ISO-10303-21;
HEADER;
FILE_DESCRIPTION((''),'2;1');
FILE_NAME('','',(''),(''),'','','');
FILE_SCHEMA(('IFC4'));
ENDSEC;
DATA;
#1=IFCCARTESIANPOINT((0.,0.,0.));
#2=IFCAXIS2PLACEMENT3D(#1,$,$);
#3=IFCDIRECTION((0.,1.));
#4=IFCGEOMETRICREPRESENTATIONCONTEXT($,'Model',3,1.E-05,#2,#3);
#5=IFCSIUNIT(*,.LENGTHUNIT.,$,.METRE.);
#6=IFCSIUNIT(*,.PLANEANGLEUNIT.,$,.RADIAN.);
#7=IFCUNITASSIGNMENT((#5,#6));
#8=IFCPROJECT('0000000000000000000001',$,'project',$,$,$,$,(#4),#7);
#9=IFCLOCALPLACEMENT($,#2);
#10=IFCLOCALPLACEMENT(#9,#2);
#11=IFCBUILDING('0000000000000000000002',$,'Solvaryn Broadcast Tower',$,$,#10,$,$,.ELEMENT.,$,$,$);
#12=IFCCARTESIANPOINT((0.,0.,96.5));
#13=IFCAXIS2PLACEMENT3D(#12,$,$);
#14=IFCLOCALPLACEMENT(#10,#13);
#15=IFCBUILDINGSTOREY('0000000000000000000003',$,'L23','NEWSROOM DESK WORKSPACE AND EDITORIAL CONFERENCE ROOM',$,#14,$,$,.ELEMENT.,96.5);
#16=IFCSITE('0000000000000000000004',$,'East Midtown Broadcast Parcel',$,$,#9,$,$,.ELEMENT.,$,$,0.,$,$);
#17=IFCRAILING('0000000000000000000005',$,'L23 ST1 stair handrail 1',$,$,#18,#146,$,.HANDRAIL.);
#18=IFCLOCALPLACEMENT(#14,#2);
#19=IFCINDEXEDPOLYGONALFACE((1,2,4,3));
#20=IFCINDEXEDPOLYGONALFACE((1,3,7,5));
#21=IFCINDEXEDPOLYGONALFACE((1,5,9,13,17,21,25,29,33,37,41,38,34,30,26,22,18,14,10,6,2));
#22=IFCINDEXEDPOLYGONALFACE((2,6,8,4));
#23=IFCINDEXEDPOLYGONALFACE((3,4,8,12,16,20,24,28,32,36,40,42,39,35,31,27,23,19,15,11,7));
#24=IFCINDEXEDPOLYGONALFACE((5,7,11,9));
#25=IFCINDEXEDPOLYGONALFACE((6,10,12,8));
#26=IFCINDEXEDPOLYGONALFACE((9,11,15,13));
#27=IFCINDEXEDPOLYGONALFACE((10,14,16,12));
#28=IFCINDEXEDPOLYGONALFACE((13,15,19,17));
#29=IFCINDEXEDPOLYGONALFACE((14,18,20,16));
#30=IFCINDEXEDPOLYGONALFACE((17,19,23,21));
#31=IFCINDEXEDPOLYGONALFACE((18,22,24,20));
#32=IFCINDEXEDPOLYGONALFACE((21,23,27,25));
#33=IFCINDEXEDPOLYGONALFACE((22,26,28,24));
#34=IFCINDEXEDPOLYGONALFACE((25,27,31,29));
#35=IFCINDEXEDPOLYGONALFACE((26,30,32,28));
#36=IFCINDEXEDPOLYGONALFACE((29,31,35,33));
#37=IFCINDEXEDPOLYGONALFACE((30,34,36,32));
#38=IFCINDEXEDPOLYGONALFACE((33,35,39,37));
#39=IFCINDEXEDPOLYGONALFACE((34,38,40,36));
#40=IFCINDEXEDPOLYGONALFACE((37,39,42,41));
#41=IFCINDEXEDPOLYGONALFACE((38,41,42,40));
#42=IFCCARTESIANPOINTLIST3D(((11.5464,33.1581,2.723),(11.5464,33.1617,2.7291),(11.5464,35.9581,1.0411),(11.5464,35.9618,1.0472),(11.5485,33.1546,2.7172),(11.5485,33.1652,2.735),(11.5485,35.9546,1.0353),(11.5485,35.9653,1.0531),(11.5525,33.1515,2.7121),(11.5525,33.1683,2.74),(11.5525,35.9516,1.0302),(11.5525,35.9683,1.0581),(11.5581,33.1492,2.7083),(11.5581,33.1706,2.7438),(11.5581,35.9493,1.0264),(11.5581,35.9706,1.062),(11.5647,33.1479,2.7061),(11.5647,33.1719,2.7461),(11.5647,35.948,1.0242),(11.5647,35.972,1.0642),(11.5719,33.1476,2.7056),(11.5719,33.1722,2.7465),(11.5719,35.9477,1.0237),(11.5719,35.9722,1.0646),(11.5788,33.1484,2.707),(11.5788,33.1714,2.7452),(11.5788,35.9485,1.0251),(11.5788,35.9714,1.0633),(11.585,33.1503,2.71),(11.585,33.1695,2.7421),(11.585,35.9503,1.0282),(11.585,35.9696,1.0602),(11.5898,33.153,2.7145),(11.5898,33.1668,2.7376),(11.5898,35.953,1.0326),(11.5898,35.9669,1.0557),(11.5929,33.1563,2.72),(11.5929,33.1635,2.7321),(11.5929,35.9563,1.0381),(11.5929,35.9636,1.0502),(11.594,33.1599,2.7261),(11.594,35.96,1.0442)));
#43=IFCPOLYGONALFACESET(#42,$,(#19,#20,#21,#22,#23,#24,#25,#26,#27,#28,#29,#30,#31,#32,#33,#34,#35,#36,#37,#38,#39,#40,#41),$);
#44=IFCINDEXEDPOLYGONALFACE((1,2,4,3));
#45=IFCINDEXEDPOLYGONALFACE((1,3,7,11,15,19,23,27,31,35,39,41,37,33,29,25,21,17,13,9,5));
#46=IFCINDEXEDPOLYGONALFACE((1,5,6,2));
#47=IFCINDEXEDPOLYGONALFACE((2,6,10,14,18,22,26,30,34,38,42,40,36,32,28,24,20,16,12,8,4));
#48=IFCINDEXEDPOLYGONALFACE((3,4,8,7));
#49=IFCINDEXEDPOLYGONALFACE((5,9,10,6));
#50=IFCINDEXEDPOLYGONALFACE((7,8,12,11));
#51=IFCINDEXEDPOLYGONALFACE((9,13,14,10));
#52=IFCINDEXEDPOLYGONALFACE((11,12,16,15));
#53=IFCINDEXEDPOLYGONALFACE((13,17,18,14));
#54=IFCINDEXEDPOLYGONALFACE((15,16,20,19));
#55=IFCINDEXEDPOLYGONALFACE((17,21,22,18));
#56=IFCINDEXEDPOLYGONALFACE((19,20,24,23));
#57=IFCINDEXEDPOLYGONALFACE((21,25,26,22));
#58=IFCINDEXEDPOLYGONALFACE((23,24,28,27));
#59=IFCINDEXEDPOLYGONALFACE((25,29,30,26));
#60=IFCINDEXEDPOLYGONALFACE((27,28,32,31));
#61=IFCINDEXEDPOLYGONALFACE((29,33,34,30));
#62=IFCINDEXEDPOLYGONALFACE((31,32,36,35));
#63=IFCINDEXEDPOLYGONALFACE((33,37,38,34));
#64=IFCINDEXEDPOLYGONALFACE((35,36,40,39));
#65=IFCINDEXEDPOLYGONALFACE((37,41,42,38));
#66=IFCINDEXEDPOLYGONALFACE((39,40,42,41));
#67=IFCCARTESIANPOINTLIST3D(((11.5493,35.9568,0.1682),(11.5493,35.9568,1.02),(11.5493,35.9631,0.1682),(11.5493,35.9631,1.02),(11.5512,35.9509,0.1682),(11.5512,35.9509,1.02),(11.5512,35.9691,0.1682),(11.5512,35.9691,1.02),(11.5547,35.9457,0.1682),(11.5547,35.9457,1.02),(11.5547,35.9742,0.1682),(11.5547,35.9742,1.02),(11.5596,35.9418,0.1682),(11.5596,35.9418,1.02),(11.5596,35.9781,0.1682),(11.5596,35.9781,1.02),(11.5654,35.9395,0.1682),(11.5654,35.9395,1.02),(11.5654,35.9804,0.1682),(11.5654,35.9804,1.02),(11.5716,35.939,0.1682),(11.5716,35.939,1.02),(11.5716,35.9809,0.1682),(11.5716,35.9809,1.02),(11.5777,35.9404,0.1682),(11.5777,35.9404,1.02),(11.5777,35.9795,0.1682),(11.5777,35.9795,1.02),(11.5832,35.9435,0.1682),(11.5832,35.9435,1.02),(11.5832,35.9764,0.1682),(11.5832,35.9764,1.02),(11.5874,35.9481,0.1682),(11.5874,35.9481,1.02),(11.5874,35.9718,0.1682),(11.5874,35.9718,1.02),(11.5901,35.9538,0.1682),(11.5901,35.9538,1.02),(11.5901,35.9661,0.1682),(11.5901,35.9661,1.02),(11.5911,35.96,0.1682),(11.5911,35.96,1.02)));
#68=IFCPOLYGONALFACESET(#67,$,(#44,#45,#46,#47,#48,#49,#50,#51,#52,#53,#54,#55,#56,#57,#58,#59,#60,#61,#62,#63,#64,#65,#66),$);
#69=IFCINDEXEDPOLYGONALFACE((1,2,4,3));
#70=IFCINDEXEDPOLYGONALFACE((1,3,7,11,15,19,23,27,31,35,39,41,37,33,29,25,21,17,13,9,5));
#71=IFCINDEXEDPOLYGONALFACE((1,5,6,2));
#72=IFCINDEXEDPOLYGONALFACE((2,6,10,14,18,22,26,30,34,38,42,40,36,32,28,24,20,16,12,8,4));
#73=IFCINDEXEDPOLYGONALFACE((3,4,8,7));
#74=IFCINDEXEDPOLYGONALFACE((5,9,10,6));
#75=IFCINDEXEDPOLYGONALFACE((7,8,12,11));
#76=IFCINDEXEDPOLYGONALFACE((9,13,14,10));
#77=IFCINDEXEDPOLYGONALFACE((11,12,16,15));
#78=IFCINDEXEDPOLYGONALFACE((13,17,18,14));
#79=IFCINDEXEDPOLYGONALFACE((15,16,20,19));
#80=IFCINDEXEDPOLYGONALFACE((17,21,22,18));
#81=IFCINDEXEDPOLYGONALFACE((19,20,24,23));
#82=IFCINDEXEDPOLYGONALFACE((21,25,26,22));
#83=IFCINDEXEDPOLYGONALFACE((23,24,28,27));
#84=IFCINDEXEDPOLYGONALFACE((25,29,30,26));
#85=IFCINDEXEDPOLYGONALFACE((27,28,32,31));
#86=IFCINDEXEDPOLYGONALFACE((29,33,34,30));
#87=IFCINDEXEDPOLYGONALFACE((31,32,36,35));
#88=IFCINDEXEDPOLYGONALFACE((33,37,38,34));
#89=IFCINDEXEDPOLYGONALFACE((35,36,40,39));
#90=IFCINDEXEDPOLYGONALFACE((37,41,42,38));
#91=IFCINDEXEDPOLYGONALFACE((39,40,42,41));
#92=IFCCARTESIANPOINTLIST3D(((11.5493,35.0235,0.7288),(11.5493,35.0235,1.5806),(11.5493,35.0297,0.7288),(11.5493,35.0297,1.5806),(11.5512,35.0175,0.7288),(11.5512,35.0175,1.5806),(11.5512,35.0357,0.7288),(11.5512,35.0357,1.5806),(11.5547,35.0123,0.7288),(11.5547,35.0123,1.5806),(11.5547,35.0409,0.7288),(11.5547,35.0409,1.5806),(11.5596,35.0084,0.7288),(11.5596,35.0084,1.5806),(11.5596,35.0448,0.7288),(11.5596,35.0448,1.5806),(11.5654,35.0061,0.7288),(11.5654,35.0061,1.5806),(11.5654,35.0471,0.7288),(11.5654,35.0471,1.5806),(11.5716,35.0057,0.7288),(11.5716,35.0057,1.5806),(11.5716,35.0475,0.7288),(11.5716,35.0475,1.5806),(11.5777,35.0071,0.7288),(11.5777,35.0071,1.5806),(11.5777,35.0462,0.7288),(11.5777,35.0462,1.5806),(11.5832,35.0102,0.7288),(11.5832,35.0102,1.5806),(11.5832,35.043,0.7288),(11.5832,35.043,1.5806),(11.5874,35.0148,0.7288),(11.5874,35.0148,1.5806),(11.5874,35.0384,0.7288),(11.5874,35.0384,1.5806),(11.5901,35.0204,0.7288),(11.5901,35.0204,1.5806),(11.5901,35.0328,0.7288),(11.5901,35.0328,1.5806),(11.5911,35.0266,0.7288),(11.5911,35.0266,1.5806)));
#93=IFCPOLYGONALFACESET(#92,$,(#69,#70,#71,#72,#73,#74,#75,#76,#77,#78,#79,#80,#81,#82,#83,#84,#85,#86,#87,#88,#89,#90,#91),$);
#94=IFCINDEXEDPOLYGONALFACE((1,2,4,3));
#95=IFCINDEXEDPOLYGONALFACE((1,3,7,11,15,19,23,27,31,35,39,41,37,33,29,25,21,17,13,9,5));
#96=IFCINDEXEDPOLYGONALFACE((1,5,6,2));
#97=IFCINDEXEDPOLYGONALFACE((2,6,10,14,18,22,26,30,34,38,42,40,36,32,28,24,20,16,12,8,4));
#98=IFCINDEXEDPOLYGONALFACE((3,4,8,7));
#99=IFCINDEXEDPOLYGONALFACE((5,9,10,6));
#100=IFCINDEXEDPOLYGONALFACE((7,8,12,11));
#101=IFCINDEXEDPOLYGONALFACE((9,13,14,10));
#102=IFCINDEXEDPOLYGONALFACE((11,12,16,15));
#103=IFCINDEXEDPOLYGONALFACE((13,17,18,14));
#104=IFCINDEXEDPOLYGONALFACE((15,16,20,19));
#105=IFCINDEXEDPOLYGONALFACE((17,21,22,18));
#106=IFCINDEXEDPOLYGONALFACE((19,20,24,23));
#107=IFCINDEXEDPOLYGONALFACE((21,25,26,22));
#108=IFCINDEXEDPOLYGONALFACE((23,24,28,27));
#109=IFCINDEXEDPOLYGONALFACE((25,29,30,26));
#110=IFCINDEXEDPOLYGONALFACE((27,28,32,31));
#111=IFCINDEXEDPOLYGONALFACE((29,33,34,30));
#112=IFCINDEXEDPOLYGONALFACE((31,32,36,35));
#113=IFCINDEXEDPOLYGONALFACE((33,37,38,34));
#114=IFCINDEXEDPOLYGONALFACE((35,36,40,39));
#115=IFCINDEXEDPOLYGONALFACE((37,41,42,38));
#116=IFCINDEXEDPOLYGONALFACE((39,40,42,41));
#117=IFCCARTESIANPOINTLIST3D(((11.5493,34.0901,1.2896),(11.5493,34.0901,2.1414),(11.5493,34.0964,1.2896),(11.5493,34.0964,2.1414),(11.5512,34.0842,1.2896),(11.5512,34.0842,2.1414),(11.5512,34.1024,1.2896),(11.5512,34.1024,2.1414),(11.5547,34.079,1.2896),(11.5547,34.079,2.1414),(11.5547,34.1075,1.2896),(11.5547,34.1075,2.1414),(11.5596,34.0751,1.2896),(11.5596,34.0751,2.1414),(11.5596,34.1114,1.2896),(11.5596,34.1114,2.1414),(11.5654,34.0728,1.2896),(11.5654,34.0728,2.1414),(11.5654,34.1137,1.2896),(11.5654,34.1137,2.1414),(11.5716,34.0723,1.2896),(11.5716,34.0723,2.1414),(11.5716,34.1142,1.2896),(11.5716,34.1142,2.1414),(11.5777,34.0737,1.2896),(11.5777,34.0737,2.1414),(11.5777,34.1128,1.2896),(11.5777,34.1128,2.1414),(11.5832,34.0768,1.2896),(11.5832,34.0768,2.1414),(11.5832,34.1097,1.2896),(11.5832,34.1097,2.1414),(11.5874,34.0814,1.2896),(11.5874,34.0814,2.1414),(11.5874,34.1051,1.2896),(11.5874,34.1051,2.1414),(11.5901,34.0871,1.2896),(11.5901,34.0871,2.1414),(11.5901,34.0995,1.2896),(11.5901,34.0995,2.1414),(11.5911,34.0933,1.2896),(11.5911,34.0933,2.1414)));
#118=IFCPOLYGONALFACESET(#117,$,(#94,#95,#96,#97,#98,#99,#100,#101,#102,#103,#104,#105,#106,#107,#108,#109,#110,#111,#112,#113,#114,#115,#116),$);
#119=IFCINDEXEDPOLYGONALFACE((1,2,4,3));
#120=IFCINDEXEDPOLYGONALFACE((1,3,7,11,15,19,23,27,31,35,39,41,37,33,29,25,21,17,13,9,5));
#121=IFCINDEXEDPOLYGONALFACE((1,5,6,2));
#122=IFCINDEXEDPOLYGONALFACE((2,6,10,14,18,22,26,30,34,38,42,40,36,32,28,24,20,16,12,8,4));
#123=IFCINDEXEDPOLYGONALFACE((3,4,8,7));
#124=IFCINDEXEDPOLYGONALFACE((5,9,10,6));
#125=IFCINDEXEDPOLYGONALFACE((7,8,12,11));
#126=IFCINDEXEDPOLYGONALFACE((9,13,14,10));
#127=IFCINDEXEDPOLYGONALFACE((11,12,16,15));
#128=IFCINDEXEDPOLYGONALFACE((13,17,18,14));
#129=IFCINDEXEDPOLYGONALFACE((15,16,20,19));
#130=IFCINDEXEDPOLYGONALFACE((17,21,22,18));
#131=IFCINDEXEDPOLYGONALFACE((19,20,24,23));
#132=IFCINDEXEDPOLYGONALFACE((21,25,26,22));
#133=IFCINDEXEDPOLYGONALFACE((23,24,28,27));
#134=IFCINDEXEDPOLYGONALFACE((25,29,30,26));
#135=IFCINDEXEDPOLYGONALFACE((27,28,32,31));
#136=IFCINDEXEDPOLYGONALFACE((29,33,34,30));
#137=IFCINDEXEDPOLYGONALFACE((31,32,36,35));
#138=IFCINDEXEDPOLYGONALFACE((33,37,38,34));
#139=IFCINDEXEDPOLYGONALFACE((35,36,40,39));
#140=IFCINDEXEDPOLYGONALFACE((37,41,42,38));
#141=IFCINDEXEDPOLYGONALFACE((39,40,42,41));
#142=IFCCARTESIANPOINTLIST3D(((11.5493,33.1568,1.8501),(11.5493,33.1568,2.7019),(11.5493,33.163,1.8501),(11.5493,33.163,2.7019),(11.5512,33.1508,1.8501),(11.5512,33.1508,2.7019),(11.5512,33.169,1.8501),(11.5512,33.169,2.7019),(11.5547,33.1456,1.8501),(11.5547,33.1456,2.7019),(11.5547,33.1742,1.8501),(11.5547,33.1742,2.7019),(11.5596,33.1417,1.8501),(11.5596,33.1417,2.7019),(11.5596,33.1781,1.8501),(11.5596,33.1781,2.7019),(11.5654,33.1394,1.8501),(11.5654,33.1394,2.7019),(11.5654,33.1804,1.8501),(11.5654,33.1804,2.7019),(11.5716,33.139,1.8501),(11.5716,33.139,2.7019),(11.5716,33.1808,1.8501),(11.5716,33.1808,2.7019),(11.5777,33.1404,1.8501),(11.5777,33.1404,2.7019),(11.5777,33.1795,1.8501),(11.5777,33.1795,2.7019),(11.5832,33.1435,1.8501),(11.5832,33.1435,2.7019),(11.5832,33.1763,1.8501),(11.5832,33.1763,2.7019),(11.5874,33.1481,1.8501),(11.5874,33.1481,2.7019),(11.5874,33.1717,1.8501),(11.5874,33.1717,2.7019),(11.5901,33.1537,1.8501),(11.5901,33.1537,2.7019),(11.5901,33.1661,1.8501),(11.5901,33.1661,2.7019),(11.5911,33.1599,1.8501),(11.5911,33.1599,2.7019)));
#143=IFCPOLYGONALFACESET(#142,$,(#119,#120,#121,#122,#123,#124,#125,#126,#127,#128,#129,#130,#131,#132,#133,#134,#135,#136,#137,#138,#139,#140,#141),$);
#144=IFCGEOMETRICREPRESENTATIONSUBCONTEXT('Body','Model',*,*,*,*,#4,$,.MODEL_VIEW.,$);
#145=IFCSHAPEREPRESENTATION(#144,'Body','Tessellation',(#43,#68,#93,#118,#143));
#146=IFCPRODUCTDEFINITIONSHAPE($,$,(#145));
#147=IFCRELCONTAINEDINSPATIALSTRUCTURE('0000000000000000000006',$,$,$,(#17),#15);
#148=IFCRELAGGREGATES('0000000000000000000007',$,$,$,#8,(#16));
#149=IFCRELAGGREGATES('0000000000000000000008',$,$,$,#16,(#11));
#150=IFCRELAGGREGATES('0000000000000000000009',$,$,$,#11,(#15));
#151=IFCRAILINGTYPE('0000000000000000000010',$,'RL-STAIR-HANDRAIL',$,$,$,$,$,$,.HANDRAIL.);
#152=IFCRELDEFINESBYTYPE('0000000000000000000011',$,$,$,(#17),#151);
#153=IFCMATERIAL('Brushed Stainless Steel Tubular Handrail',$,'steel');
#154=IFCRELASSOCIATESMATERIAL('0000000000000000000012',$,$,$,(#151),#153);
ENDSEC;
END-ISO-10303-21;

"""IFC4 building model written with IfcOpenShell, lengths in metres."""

from ifc_helpers import new_model, si_unit, direction, frame, origin, origin_2d, place, context, subcontext, project, spatial, circle, extrude, material, type_object, element, save


model = new_model("IFC4")

# Units and contexts
model_context = context("Model", 3, precision=1e-05, world=origin(), true_north=direction((0.0, 1.0)))
body_context = subcontext(model_context, "Body", "Model", "MODEL_VIEW")
ifc_project = project(units=[si_unit("LENGTHUNIT", "METRE"), si_unit("PLANEANGLEUNIT", "RADIAN")], contexts=[model_context])

# Site, building, storey
site_placement = place(None, origin())
site = spatial("IfcSite", under=ifc_project, at=site_placement, Name="East Midtown Broadcast Parcel", CompositionType="ELEMENT", RefElevation=0.0)
building_placement = place(site_placement, origin())
building = spatial("IfcBuilding", under=site, at=building_placement, Name="Solvaryn Broadcast Tower", CompositionType="ELEMENT")
storey_placement = place(building_placement, frame((0.0, 0.0, 96.5)))
storey = spatial("IfcBuildingStorey", under=building, at=storey_placement, Name="L23", Description="NEWSROOM DESK WORKSPACE AND EDITORIAL CONFERENCE ROOM", CompositionType="ELEMENT", Elevation=96.5)

# Railing
ifc_material_1 = material(Name="Brushed Stainless Steel Tubular Handrail", Category="steel")
railing_type_1 = type_object("IfcRailingType", Name="RL-STAIR-HANDRAIL", PredefinedType="HANDRAIL", material=ifc_material_1)
railing_1_placement = place(storey_placement, frame((11.5701, 35.96, 0.1682)))
element("IfcRailing", 1, at=railing_1_placement, inside=storey, type_object=railing_type_1, Name="L23 ST1 stair handrail 1", PredefinedType="HANDRAIL", context=body_context, shape_type="SweptSolid", body=[
    extrude(circle(Radius=0.0239, at=origin_2d()), frame((0.0, 0.0, 0.876), z_axis=(0.0, -0.857242, 0.514913), x_axis=(1.0, 0.0, 0.0)), (0.0, 0.0, 1.0), 3.2664),
    extrude(circle(Radius=0.021, at=origin_2d()), origin(), (0.0, 0.0, 1.0), 0.8518),
    extrude(circle(Radius=0.021, at=origin_2d()), frame((0.0, -0.9333, 0.5605)), (0.0, 0.0, 1.0), 0.8518),
    extrude(circle(Radius=0.021, at=origin_2d()), frame((0.0, -1.8667, 1.1213)), (0.0, 0.0, 1.0), 0.8518),
    extrude(circle(Radius=0.021, at=origin_2d()), frame((0.0, -2.8, 1.6819)), (0.0, 0.0, 1.0), 0.8518),
])

save(model, "model.ifc")
